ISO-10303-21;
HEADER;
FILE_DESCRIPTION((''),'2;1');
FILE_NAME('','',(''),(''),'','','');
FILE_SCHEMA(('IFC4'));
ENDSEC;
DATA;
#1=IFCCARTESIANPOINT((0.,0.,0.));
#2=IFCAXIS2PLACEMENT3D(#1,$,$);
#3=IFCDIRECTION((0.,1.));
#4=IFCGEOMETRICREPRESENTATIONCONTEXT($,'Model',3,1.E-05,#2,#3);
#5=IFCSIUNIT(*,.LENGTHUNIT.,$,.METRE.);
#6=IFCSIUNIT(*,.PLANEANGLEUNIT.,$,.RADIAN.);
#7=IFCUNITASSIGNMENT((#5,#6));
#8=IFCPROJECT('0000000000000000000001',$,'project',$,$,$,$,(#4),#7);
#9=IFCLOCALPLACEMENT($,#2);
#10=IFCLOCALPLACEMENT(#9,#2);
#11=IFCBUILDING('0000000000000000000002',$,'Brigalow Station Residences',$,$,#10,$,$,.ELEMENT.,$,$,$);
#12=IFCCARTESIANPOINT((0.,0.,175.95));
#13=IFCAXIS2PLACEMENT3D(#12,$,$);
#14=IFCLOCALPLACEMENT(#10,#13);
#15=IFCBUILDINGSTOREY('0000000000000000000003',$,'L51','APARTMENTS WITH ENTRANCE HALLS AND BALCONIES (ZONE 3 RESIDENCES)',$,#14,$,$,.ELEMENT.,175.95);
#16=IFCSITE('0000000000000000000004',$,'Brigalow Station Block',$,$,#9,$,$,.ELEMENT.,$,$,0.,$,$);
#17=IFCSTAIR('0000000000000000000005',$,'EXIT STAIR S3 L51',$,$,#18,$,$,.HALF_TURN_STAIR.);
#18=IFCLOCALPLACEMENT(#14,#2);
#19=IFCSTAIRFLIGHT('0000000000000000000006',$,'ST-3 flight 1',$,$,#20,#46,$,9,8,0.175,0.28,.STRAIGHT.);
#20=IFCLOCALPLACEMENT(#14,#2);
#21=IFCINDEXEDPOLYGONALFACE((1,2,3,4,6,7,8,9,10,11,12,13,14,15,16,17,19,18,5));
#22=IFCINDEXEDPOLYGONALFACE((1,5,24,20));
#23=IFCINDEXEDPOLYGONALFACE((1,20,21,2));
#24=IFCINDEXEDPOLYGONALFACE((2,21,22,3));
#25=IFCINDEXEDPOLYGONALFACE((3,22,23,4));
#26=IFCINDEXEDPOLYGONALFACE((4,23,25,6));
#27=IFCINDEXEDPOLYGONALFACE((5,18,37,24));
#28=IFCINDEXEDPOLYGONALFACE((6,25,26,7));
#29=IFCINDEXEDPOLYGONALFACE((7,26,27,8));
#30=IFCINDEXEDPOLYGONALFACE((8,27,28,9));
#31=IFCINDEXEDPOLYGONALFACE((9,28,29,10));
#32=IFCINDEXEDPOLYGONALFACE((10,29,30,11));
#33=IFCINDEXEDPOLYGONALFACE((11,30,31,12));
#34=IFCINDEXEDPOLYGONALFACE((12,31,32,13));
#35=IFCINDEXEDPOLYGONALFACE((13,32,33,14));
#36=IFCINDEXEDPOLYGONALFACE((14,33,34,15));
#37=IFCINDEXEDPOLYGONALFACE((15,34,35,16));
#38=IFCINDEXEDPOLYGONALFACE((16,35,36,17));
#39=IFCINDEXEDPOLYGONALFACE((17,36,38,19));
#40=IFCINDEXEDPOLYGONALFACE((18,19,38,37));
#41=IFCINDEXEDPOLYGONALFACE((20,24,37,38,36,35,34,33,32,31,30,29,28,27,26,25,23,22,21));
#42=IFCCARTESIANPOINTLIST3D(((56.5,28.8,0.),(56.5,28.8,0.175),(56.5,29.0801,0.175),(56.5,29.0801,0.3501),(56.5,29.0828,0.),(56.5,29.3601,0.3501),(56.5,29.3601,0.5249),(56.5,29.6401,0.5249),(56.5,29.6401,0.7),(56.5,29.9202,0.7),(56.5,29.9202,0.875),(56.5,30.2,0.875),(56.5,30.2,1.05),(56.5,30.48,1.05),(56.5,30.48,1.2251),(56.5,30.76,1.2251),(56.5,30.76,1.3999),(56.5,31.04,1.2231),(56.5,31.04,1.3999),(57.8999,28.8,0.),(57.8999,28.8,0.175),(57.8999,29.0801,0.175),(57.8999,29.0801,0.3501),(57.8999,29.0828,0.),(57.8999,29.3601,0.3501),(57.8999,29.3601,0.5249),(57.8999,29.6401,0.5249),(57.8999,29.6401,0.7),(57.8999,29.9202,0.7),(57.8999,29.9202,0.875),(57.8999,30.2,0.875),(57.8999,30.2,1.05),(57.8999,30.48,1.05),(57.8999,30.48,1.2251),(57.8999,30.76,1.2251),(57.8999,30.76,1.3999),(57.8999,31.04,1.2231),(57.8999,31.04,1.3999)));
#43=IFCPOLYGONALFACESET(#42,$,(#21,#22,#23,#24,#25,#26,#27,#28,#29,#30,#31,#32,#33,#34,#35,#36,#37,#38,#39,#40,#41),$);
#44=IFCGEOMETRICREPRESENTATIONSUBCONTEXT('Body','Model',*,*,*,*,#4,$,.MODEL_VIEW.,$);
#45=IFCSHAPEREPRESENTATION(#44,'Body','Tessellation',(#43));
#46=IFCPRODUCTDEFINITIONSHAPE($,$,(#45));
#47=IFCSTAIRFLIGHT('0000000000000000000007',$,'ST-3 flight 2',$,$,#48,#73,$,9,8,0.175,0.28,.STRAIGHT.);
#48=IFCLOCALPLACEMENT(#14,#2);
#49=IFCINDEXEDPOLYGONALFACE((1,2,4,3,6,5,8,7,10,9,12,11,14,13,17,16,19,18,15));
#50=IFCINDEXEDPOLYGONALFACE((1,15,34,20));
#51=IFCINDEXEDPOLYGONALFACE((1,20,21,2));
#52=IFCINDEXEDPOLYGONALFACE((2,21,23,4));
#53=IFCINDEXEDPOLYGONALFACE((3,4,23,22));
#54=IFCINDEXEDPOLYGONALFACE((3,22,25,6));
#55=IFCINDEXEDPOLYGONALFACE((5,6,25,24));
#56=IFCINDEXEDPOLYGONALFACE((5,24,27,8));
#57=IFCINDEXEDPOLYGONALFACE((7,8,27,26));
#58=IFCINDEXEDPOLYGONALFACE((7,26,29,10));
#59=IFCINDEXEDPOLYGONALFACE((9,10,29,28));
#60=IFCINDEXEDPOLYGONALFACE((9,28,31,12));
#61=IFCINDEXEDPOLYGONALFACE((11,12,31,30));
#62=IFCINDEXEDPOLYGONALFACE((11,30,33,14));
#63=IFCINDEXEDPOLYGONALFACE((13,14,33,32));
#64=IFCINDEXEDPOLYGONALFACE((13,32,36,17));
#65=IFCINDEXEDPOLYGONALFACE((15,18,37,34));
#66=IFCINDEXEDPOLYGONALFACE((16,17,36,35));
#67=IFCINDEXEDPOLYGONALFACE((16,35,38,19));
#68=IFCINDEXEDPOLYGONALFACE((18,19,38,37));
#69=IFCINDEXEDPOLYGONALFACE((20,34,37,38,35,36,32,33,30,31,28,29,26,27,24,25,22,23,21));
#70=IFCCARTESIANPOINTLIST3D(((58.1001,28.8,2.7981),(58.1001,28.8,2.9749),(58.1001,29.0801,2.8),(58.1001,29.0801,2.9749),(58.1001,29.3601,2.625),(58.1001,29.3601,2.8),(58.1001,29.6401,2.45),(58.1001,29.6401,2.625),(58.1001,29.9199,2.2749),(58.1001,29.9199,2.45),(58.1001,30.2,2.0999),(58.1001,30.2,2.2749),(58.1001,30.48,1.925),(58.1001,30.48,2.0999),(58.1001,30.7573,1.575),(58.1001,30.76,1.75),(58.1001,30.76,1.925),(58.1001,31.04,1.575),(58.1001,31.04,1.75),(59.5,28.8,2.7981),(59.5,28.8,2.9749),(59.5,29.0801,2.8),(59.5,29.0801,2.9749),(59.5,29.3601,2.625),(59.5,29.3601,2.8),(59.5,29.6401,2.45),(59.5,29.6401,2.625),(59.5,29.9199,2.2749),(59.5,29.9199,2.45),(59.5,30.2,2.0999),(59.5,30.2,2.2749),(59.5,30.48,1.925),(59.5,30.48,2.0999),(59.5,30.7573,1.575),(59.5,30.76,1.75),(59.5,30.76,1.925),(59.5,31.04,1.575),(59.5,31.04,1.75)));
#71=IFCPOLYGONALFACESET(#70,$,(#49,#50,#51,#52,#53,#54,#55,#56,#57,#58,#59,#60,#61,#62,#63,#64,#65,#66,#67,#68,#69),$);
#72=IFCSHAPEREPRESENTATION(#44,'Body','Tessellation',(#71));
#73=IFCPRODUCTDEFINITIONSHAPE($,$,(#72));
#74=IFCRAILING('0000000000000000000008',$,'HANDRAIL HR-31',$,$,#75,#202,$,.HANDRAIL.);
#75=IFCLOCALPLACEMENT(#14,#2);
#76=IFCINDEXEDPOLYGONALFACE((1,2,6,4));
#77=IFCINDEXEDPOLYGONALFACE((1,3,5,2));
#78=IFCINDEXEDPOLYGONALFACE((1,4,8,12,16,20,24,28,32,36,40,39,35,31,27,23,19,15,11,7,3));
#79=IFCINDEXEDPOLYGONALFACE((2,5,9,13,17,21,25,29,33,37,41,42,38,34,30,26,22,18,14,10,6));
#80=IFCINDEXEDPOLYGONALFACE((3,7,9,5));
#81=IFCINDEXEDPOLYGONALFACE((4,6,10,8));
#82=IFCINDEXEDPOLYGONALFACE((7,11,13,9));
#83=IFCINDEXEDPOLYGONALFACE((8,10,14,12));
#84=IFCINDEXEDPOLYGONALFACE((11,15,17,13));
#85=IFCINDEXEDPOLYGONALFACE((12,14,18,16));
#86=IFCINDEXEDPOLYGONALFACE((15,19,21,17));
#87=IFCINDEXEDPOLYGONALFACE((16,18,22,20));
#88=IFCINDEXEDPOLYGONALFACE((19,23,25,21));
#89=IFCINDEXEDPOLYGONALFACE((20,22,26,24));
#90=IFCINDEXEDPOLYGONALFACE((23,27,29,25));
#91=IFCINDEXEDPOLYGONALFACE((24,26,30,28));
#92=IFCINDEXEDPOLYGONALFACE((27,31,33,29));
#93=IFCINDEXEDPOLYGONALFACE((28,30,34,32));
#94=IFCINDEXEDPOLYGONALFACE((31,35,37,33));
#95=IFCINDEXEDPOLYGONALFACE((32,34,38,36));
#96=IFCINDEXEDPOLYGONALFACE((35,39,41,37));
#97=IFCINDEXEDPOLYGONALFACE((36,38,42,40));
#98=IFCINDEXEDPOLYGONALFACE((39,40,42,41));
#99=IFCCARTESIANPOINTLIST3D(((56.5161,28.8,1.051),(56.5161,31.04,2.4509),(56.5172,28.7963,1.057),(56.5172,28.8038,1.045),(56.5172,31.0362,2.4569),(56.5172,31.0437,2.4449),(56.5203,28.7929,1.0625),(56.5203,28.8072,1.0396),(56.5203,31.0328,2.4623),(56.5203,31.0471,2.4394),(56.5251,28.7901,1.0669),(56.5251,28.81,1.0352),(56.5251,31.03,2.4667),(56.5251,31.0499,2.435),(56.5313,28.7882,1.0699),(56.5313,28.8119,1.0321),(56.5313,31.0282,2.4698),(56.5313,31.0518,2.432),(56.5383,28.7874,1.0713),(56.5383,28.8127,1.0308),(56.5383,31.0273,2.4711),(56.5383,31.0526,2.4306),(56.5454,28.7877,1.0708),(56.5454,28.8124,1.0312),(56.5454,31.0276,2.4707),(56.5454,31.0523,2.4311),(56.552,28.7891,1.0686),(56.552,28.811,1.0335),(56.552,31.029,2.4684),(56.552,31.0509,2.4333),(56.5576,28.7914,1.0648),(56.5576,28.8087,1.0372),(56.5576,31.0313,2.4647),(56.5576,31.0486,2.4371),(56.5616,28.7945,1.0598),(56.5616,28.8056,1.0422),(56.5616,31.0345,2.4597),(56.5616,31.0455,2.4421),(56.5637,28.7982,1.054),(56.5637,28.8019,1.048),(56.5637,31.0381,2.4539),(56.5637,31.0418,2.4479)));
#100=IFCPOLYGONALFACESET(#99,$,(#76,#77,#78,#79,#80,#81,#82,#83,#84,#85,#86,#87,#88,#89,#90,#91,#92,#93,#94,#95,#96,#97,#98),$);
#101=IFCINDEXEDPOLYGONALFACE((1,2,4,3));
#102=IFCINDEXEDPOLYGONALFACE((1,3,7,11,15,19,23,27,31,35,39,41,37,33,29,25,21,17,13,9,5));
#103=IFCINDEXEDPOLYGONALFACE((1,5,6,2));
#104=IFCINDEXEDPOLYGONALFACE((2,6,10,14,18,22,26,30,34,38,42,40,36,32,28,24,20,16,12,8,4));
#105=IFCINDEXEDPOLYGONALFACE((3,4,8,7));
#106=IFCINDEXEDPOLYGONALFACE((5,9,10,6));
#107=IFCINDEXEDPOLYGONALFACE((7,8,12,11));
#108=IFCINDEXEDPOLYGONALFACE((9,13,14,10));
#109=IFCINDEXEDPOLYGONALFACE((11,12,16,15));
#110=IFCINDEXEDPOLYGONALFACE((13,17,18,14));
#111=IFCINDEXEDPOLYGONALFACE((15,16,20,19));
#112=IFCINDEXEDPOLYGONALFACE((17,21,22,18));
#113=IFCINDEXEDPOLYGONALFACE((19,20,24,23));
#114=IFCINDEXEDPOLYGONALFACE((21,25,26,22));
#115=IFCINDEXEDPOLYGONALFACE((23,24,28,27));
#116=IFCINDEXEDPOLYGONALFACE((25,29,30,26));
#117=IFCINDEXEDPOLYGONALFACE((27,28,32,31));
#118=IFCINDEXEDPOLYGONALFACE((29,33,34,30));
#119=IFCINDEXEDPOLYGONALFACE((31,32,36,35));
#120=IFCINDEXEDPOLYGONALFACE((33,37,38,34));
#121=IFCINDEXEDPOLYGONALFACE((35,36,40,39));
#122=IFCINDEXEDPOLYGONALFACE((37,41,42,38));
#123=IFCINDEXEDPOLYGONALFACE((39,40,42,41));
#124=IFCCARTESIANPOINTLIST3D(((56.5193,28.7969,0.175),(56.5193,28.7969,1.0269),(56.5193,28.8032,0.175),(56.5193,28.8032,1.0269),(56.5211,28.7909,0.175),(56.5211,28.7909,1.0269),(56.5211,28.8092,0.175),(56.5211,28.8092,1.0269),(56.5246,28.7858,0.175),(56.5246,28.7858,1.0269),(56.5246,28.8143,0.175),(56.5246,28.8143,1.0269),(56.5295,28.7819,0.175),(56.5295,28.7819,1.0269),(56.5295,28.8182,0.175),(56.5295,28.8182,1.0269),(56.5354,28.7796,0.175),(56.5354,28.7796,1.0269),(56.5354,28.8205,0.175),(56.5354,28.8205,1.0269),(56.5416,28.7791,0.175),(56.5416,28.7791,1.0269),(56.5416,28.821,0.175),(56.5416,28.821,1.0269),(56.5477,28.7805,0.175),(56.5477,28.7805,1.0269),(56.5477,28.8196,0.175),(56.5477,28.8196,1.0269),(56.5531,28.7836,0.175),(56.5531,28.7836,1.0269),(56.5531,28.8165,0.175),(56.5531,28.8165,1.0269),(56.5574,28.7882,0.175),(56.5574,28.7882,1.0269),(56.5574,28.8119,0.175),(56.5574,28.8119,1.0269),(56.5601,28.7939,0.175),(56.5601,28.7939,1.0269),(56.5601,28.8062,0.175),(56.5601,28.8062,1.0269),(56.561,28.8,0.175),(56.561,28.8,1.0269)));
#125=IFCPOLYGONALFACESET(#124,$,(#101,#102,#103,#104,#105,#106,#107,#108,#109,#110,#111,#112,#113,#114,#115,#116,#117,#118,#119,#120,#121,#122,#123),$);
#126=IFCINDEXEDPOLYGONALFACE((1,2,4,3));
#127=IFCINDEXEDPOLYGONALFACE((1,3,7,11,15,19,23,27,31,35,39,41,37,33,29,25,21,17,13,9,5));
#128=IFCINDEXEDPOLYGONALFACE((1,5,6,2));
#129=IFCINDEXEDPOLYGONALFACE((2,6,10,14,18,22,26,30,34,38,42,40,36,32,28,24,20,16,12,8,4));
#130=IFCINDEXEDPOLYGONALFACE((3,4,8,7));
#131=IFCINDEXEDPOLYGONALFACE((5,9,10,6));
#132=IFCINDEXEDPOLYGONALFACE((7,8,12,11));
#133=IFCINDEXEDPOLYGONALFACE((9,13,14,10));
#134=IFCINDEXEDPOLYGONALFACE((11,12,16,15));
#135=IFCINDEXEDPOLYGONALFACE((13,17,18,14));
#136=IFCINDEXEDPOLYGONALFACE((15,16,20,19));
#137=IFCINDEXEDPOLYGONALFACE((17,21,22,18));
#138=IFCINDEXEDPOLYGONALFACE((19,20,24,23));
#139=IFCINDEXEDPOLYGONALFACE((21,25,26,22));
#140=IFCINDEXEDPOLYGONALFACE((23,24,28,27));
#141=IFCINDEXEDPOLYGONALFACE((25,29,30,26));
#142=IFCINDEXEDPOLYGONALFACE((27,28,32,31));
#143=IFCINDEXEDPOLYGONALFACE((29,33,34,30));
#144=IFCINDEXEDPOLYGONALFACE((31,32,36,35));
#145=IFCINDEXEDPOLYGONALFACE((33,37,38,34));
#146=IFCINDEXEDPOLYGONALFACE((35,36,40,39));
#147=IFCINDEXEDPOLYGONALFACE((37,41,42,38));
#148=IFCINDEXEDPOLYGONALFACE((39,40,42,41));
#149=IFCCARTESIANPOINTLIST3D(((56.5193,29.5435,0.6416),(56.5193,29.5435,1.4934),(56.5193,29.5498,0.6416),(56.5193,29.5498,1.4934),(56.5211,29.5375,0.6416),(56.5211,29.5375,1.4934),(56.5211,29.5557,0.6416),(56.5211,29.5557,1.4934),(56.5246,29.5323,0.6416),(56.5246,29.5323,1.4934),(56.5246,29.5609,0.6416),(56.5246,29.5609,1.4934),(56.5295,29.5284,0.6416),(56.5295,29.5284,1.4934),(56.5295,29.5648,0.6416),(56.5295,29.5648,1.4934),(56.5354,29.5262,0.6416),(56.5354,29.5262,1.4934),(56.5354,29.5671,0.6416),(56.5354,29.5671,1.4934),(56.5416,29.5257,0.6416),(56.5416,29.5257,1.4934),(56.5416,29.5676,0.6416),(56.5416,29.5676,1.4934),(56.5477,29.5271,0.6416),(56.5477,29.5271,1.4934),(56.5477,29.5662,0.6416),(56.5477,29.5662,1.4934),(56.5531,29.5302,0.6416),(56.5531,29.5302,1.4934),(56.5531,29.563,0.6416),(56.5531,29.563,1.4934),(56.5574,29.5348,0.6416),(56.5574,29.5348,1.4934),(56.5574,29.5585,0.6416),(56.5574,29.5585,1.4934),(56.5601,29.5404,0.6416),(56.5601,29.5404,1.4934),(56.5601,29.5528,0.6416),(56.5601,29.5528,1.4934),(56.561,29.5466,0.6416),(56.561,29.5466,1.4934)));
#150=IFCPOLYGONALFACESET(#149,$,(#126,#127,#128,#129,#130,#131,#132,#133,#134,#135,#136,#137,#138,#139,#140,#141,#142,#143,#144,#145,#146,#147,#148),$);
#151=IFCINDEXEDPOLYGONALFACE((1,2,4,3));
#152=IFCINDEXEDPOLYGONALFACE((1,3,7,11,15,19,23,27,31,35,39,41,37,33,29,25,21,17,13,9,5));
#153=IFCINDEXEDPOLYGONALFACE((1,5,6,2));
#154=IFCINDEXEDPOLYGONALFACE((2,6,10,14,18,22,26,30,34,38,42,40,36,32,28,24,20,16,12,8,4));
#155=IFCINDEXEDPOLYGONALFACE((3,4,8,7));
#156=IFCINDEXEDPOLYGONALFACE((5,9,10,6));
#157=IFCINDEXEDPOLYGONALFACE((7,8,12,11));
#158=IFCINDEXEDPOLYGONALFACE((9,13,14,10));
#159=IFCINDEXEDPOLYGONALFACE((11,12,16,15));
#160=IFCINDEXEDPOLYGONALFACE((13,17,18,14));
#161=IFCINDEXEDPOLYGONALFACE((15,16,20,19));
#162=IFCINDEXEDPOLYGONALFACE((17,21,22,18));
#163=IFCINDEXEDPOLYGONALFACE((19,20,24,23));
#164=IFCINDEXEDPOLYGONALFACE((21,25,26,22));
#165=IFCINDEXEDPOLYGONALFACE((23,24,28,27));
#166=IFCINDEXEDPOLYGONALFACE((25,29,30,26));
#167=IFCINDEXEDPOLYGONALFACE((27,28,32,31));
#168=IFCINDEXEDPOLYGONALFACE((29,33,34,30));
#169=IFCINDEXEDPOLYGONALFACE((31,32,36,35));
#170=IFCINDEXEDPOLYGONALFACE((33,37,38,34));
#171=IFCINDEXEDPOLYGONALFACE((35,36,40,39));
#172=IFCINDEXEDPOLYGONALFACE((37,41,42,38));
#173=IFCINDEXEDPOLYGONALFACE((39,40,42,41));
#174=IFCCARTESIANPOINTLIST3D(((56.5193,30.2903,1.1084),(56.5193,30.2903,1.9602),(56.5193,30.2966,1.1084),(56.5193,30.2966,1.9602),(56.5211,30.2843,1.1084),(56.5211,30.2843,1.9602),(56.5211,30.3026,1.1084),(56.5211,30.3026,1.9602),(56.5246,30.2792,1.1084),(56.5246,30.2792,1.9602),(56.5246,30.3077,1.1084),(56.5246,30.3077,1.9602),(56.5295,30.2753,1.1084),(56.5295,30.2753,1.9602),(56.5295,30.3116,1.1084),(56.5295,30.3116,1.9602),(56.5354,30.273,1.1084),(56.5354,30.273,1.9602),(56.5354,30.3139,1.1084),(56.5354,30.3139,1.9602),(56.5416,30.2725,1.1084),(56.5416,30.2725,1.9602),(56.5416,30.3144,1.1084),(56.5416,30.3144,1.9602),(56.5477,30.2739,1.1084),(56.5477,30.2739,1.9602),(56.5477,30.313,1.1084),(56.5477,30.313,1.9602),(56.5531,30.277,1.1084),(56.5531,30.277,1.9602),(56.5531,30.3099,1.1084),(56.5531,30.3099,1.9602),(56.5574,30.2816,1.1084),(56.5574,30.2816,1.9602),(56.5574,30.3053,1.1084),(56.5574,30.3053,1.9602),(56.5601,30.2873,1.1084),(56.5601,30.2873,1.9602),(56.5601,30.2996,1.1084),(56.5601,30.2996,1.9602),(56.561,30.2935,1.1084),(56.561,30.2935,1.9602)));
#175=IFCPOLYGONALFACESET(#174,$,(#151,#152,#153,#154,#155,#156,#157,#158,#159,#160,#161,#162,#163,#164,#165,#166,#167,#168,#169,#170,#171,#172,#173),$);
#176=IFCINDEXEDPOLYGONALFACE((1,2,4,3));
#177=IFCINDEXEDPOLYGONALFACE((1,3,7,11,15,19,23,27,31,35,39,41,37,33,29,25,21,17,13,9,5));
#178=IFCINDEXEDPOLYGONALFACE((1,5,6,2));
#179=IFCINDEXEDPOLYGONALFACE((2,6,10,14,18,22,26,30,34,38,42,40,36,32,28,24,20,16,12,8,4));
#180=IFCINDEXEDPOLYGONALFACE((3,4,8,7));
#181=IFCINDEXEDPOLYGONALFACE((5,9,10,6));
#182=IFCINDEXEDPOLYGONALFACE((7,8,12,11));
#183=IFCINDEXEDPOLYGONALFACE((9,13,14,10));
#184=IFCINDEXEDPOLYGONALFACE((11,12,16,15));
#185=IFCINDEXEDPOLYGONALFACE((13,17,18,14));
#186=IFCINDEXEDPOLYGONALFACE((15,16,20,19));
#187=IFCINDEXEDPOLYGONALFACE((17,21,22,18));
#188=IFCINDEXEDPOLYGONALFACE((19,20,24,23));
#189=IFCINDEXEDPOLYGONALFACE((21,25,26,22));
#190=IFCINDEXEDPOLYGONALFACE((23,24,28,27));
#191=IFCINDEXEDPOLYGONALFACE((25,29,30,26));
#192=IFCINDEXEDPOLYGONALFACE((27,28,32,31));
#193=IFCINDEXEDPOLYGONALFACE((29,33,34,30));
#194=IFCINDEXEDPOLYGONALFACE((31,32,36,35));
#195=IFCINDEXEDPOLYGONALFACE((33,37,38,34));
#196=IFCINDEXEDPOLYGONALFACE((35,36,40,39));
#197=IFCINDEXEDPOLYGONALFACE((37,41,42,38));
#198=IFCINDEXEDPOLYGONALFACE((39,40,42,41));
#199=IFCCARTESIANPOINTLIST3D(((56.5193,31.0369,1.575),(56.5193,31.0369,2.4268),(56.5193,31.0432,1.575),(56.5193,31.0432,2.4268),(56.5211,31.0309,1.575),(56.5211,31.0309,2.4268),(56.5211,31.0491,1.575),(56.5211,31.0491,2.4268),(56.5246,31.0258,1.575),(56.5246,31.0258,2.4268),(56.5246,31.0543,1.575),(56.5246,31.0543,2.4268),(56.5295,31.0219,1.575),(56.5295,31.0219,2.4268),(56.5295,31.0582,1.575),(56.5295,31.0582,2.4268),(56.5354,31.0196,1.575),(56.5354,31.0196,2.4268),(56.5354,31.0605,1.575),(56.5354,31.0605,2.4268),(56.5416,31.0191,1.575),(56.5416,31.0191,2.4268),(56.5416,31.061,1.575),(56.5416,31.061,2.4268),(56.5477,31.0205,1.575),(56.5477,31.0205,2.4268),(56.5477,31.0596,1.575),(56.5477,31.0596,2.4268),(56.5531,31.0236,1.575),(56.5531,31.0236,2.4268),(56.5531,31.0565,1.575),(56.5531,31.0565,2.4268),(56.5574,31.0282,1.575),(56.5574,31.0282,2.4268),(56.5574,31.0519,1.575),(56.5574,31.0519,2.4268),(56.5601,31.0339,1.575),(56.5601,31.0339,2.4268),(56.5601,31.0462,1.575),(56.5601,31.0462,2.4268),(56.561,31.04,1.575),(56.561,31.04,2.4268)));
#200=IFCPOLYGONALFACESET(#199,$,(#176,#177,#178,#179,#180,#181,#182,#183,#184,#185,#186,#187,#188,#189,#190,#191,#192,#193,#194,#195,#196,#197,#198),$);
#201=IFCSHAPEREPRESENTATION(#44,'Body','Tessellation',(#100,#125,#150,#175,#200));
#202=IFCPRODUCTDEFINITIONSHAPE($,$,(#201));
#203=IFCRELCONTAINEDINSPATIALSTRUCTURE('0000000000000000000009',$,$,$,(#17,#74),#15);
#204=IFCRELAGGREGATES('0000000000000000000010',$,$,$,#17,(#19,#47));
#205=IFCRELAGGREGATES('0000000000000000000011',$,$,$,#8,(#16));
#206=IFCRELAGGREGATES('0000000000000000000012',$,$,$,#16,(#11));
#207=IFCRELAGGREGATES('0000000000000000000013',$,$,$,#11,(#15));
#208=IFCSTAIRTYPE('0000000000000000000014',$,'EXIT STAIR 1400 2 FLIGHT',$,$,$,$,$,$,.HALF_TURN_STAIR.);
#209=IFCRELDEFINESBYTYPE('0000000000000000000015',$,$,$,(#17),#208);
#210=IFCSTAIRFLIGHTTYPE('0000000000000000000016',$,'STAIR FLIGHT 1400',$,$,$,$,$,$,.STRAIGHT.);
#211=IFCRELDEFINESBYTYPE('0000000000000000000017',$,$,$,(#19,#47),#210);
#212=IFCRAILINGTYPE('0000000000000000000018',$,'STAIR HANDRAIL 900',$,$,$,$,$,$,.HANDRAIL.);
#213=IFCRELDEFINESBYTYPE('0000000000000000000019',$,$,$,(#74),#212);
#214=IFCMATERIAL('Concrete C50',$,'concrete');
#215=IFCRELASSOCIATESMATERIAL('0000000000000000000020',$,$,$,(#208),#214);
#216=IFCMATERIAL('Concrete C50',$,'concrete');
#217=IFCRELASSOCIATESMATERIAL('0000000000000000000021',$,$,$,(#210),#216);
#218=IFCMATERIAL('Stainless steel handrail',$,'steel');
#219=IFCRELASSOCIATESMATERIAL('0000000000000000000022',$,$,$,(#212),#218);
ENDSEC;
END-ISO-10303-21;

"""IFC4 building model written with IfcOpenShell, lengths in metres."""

from ifc_helpers import new_model, si_unit, direction, frame, origin, origin_2d, place, context, subcontext, project, spatial, polyline, circle, outline, extrude, material, type_object, element, aggregate, save


model = new_model("IFC4")

# Units and contexts
model_context = context("Model", 3, precision=1e-05, world=origin(), true_north=direction((0.0, 1.0)))
body_context = subcontext(model_context, "Body", "Model", "MODEL_VIEW")
ifc_project = project(units=[si_unit("LENGTHUNIT", "METRE"), si_unit("PLANEANGLEUNIT", "RADIAN")], contexts=[model_context])

# Site, building, storey
site_placement = place(None, origin())
site = spatial("IfcSite", under=ifc_project, at=site_placement, Name="Brigalow Station Block", CompositionType="ELEMENT", RefElevation=0.0)
building_placement = place(site_placement, origin())
building = spatial("IfcBuilding", under=site, at=building_placement, Name="Brigalow Station Residences", CompositionType="ELEMENT")
storey_placement = place(building_placement, frame((0.0, 0.0, 175.95)))
storey = spatial("IfcBuildingStorey", under=building, at=storey_placement, Name="L51", Description="APARTMENTS WITH ENTRANCE HALLS AND BALCONIES (ZONE 3 RESIDENCES)", CompositionType="ELEMENT", Elevation=175.95)

# Stair, stair flights
ifc_material_1 = material(Name="Concrete C50", Category="concrete")
stair_type = type_object("IfcStairType", Name="EXIT STAIR 1400 2 FLIGHT", PredefinedType="HALF_TURN_STAIR", material=ifc_material_1)
stair_placement = place(storey_placement, origin())
stair = element("IfcStair", 1, at=stair_placement, inside=storey, type_object=stair_type, Name="EXIT STAIR S3 L51", PredefinedType="HALF_TURN_STAIR")
ifc_material_2 = material(Name="Concrete C50", Category="concrete")
stair_flight_type = type_object("IfcStairFlightType", Name="STAIR FLIGHT 1400", PredefinedType="STRAIGHT", material=ifc_material_2)
stair_flight_1_placement = place(storey_placement, frame((57.2, 28.8, 0.0), z_axis=(0.0, 0.0, 1.0), x_axis=(0.0, 1.0, 0.0)))
stair_flight_1 = element("IfcStairFlight", 2, at=stair_flight_1_placement, type_object=stair_flight_type, Name="ST-3 flight 1", NumberOfRisers=9, NumberOfTreads=8, PredefinedType="STRAIGHT", RiserHeight=0.175, TreadLength=0.28, context=body_context, shape_type="SweptSolid", body=[
    extrude(outline(polyline([(0.0, 0.0), (0.0, 0.175), (0.28, 0.175), (0.28, 0.3501), (0.5601, 0.3501), (0.5601, 0.5249), (0.8401, 0.5249), (0.8401, 0.7), (1.1201, 0.7), (1.1201, 0.875), (1.3999, 0.875), (1.3999, 1.05), (1.6799, 1.05), (1.6799, 1.2251), (1.96, 1.2251), (1.96, 1.3999), (2.24, 1.3999), (2.24, 1.575), (2.24, 1.2231), (0.2827, 0.0), (0.0, 0.0)])), frame((0.0, 0.7, 0.0), z_axis=(0.0, -1.0, 0.0), x_axis=(1.0, 0.0, 0.0)), (0.0, 0.0, 1.0), 1.3999),
])
stair_flight_2_placement = place(storey_placement, frame((58.8, 31.04, 1.575), z_axis=(0.0, 0.0, 1.0), x_axis=(0.0, -1.0, 0.0)))
stair_flight_2 = element("IfcStairFlight", 3, at=stair_flight_2_placement, type_object=stair_flight_type, Name="ST-3 flight 2", NumberOfRisers=9, NumberOfTreads=8, PredefinedType="STRAIGHT", RiserHeight=0.175, TreadLength=0.28, context=body_context, shape_type="SweptSolid", body=[
    extrude(outline(polyline([(0.0, 0.0), (0.0, 0.175), (0.28, 0.175), (0.28, 0.3501), (0.5601, 0.3501), (0.5601, 0.5249), (0.8401, 0.5249), (0.8401, 0.7), (1.1201, 0.7), (1.1201, 0.875), (1.3999, 0.875), (1.3999, 1.05), (1.6799, 1.05), (1.6799, 1.2251), (1.96, 1.2251), (1.96, 1.3999), (2.24, 1.3999), (2.24, 1.575), (2.24, 1.2231), (0.2827, 0.0), (0.0, 0.0)])), frame((0.0, 0.7, 0.0), z_axis=(0.0, -1.0, 0.0), x_axis=(1.0, 0.0, 0.0)), (0.0, 0.0, 1.0), 1.3999),
])
aggregate(stair, [stair_flight_1, stair_flight_2])

# Railing
ifc_material_3 = material(Name="Stainless steel handrail", Category="steel")
railing_type_1 = type_object("IfcRailingType", Name="STAIR HANDRAIL 900", PredefinedType="HANDRAIL", material=ifc_material_3)
railing_1_placement = place(storey_placement, frame((56.54, 28.8, 0.175)))
element("IfcRailing", 4, at=railing_1_placement, inside=storey, type_object=railing_type_1, Name="HANDRAIL HR-31", PredefinedType="HANDRAIL", context=body_context, shape_type="SweptSolid", body=[
    extrude(circle(Radius=0.0239, at=origin_2d()), frame((0.0, 0.0, 0.876), z_axis=(0.0, 0.848014, 0.529974), x_axis=(-1.0, 0.0, 0.0)), (0.0, 0.0, 1.0), 2.6414),
    extrude(circle(Radius=0.021, at=origin_2d()), origin(), (0.0, 0.0, 1.0), 0.8518),
    extrude(circle(Radius=0.021, at=origin_2d()), frame((0.0, 0.7466, 0.4666)), (0.0, 0.0, 1.0), 0.8518),
    extrude(circle(Radius=0.021, at=origin_2d()), frame((0.0, 1.4934, 0.9333)), (0.0, 0.0, 1.0), 0.8518),
    extrude(circle(Radius=0.021, at=origin_2d()), frame((0.0, 2.24, 1.3999)), (0.0, 0.0, 1.0), 0.8518),
])

save(model, "model.ifc")
